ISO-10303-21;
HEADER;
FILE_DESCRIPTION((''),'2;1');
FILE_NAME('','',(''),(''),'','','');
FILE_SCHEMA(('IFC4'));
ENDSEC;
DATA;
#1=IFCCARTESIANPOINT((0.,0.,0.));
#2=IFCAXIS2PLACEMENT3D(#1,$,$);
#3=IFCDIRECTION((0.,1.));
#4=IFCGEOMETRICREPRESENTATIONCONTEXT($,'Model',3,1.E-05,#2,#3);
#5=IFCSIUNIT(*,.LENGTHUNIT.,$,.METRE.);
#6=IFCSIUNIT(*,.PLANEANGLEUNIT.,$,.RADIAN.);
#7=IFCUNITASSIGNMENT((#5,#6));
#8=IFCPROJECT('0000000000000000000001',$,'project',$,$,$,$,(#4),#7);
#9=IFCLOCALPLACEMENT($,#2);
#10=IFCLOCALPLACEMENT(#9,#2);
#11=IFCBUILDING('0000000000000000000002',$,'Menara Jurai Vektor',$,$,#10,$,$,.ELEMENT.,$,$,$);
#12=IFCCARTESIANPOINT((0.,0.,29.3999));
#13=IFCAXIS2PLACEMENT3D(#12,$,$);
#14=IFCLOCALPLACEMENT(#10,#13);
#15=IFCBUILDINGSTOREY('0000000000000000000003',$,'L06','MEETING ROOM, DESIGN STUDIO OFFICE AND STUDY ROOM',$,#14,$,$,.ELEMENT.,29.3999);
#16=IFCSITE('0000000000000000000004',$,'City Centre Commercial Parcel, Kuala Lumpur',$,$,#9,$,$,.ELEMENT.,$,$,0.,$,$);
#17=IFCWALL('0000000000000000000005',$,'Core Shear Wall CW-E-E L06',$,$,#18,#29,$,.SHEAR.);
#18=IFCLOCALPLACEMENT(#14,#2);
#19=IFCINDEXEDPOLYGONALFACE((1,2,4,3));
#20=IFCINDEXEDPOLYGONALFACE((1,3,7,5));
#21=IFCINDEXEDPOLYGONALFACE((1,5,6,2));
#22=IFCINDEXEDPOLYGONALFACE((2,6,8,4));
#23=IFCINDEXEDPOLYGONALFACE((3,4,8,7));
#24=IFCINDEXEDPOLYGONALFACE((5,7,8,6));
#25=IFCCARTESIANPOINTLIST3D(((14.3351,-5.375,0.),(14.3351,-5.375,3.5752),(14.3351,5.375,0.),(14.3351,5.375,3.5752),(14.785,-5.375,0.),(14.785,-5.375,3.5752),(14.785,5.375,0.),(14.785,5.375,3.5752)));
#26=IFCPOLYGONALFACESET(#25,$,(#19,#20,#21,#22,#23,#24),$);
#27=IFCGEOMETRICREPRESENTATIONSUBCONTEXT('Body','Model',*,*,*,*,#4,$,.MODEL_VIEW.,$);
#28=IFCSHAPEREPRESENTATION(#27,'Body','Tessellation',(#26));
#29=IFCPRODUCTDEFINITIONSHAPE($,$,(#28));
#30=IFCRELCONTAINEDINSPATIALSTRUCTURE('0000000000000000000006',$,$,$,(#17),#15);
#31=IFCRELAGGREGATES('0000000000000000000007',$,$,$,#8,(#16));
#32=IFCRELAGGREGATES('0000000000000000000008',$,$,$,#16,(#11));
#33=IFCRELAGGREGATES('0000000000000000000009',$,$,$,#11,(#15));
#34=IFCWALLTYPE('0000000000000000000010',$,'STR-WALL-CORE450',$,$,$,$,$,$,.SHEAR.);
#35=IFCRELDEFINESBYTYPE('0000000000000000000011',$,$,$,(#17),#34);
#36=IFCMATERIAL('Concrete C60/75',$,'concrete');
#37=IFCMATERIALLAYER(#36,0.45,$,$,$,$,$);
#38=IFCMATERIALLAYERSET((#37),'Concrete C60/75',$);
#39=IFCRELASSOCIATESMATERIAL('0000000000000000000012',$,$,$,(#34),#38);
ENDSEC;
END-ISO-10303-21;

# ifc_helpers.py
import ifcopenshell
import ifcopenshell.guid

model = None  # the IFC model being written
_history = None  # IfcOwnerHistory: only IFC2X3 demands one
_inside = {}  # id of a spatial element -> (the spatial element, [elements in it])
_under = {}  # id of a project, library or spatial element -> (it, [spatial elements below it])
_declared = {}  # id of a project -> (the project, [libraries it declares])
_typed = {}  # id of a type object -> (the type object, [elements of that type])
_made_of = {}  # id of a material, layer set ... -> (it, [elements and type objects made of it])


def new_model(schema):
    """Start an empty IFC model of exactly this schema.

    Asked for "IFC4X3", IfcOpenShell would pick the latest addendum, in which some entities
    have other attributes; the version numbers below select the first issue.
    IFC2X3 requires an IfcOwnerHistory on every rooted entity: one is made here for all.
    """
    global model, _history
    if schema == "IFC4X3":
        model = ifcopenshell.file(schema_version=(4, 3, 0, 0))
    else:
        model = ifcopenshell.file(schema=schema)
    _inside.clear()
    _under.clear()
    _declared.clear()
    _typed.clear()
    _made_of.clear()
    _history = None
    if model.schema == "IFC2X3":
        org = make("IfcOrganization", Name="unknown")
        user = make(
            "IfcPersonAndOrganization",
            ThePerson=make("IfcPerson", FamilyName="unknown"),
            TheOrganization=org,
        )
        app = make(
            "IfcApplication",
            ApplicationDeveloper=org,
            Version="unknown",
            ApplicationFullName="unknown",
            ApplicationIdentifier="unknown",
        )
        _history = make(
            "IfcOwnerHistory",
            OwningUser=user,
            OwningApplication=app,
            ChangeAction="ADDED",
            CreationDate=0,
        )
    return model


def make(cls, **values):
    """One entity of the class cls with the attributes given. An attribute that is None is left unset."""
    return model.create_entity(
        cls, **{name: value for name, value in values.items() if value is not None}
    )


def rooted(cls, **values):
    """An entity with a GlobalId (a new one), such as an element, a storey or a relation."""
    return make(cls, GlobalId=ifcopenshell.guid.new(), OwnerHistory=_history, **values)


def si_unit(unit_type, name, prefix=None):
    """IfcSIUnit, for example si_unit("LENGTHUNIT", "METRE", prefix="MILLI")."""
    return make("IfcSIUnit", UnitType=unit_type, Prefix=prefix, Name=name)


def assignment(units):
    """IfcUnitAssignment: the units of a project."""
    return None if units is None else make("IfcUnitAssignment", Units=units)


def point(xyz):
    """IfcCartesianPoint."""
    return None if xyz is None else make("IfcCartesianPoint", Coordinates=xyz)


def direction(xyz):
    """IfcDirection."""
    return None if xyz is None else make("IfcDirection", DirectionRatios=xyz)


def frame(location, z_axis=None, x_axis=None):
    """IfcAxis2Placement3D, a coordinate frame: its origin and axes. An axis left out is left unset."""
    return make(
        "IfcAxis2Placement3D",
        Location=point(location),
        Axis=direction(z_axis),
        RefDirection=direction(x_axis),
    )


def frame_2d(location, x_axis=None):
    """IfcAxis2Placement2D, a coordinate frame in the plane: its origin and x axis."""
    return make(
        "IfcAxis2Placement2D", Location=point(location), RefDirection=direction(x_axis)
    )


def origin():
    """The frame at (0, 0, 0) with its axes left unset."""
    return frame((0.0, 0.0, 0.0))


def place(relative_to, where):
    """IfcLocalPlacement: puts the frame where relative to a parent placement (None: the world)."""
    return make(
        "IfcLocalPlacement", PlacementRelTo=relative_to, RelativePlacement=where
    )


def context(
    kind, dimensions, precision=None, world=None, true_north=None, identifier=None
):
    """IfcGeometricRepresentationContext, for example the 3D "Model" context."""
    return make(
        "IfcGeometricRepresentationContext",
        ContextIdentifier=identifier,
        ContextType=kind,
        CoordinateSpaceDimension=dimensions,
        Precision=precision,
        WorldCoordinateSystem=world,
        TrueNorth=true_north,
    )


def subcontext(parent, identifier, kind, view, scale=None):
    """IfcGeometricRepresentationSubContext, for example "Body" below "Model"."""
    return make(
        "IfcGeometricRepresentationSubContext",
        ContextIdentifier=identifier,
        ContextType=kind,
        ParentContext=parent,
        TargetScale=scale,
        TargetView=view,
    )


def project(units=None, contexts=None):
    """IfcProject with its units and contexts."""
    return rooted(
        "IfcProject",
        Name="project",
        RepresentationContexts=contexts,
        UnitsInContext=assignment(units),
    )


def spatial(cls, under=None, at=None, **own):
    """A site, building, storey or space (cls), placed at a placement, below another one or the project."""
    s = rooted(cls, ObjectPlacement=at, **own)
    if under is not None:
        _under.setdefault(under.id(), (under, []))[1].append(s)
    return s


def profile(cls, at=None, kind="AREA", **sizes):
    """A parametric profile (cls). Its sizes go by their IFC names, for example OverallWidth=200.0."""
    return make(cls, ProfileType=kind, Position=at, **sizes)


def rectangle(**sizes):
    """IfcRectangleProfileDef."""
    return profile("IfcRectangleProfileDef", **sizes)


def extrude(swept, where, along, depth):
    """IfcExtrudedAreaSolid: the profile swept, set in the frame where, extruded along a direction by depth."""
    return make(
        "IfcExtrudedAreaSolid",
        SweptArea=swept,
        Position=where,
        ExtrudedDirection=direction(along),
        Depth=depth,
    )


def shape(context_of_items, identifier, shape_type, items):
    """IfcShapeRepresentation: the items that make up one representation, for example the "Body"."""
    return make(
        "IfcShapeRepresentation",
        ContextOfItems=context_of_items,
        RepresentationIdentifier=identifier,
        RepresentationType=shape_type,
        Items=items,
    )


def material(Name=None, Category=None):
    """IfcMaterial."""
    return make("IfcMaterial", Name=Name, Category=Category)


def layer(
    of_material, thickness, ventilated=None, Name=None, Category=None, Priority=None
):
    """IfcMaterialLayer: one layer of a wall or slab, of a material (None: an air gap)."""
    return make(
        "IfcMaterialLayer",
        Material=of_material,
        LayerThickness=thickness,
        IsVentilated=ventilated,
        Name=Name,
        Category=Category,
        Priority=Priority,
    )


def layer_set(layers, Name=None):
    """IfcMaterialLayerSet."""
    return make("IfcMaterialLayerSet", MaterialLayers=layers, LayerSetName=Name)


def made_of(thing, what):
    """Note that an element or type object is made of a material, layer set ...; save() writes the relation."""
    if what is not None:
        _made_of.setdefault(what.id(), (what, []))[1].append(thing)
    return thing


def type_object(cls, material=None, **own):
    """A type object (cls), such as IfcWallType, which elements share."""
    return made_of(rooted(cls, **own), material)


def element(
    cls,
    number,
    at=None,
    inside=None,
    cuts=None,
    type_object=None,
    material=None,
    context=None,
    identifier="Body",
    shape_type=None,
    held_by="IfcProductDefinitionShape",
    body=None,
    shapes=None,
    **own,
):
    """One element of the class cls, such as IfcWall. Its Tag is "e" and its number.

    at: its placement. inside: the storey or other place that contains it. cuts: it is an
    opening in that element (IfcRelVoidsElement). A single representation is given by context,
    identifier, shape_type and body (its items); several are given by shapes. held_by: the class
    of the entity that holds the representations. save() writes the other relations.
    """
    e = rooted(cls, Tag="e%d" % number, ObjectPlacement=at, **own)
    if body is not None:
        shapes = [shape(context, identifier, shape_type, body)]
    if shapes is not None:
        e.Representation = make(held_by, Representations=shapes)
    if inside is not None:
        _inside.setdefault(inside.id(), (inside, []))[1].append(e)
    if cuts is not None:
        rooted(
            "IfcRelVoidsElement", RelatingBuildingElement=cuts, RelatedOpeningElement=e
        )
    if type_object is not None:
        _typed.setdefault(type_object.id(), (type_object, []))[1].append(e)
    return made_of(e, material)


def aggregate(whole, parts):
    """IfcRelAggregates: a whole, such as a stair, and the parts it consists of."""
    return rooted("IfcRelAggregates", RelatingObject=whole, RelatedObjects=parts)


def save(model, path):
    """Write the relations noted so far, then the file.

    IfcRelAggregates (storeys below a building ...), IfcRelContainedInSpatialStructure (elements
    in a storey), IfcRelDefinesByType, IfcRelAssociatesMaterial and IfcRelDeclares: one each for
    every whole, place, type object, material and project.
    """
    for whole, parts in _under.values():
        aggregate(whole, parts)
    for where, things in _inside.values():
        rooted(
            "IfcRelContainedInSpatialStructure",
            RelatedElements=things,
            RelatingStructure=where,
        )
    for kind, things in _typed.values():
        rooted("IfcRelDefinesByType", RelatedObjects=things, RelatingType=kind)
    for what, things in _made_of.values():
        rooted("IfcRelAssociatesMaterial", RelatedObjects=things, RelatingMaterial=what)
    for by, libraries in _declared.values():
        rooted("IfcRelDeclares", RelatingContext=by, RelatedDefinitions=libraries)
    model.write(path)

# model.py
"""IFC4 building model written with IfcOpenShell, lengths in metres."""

from ifc_helpers import new_model, si_unit, direction, frame, frame_2d, origin, place, context, subcontext, project, spatial, rectangle, extrude, material, layer, layer_set, type_object, element, save


model = new_model("IFC4")

# Units and contexts
model_context = context("Model", 3, precision=1e-05, world=origin(), true_north=direction((0.0, 1.0)))
body_context = subcontext(model_context, "Body", "Model", "MODEL_VIEW")
ifc_project = project(units=[si_unit("LENGTHUNIT", "METRE"), si_unit("PLANEANGLEUNIT", "RADIAN")], contexts=[model_context])

# Site, building, storey
site_placement = place(None, origin())
site = spatial("IfcSite", under=ifc_project, at=site_placement, Name="City Centre Commercial Parcel, Kuala Lumpur", CompositionType="ELEMENT", RefElevation=0.0)
building_placement = place(site_placement, origin())
building = spatial("IfcBuilding", under=site, at=building_placement, Name="Menara Jurai Vektor", CompositionType="ELEMENT")
storey_placement = place(building_placement, frame((0.0, 0.0, 29.3999)))
storey = spatial("IfcBuildingStorey", under=building, at=storey_placement, Name="L06", Description="MEETING ROOM, DESIGN STUDIO OFFICE AND STUDY ROOM", CompositionType="ELEMENT", Elevation=29.3999)

# Shared definitions
ifc_material_1 = material(Name="Concrete C60/75", Category="concrete")

# Wall
ifc_layer_1 = layer(ifc_material_1, 0.45)
ifc_layer_set_1 = layer_set([ifc_layer_1], Name="Concrete C60/75")
wall_type_1 = type_object("IfcWallType", Name="STR-WALL-CORE450", PredefinedType="SHEAR", material=ifc_layer_set_1)
wall_1_placement = place(storey_placement, frame((14.5601, -5.375, 0.0), z_axis=(0.0, 0.0, 1.0), x_axis=(0.0, 1.0, 0.0)))
element("IfcWall", 1, at=wall_1_placement, inside=storey, type_object=wall_type_1, Name="Core Shear Wall CW-E-E L06", PredefinedType="SHEAR", context=body_context, shape_type="SweptSolid", body=[
    extrude(rectangle(XDim=10.75, YDim=0.45, at=frame_2d((5.375, 0.0))), origin(), (0.0, 0.0, 1.0), 3.5752),
])

save(model, "model.ifc")
